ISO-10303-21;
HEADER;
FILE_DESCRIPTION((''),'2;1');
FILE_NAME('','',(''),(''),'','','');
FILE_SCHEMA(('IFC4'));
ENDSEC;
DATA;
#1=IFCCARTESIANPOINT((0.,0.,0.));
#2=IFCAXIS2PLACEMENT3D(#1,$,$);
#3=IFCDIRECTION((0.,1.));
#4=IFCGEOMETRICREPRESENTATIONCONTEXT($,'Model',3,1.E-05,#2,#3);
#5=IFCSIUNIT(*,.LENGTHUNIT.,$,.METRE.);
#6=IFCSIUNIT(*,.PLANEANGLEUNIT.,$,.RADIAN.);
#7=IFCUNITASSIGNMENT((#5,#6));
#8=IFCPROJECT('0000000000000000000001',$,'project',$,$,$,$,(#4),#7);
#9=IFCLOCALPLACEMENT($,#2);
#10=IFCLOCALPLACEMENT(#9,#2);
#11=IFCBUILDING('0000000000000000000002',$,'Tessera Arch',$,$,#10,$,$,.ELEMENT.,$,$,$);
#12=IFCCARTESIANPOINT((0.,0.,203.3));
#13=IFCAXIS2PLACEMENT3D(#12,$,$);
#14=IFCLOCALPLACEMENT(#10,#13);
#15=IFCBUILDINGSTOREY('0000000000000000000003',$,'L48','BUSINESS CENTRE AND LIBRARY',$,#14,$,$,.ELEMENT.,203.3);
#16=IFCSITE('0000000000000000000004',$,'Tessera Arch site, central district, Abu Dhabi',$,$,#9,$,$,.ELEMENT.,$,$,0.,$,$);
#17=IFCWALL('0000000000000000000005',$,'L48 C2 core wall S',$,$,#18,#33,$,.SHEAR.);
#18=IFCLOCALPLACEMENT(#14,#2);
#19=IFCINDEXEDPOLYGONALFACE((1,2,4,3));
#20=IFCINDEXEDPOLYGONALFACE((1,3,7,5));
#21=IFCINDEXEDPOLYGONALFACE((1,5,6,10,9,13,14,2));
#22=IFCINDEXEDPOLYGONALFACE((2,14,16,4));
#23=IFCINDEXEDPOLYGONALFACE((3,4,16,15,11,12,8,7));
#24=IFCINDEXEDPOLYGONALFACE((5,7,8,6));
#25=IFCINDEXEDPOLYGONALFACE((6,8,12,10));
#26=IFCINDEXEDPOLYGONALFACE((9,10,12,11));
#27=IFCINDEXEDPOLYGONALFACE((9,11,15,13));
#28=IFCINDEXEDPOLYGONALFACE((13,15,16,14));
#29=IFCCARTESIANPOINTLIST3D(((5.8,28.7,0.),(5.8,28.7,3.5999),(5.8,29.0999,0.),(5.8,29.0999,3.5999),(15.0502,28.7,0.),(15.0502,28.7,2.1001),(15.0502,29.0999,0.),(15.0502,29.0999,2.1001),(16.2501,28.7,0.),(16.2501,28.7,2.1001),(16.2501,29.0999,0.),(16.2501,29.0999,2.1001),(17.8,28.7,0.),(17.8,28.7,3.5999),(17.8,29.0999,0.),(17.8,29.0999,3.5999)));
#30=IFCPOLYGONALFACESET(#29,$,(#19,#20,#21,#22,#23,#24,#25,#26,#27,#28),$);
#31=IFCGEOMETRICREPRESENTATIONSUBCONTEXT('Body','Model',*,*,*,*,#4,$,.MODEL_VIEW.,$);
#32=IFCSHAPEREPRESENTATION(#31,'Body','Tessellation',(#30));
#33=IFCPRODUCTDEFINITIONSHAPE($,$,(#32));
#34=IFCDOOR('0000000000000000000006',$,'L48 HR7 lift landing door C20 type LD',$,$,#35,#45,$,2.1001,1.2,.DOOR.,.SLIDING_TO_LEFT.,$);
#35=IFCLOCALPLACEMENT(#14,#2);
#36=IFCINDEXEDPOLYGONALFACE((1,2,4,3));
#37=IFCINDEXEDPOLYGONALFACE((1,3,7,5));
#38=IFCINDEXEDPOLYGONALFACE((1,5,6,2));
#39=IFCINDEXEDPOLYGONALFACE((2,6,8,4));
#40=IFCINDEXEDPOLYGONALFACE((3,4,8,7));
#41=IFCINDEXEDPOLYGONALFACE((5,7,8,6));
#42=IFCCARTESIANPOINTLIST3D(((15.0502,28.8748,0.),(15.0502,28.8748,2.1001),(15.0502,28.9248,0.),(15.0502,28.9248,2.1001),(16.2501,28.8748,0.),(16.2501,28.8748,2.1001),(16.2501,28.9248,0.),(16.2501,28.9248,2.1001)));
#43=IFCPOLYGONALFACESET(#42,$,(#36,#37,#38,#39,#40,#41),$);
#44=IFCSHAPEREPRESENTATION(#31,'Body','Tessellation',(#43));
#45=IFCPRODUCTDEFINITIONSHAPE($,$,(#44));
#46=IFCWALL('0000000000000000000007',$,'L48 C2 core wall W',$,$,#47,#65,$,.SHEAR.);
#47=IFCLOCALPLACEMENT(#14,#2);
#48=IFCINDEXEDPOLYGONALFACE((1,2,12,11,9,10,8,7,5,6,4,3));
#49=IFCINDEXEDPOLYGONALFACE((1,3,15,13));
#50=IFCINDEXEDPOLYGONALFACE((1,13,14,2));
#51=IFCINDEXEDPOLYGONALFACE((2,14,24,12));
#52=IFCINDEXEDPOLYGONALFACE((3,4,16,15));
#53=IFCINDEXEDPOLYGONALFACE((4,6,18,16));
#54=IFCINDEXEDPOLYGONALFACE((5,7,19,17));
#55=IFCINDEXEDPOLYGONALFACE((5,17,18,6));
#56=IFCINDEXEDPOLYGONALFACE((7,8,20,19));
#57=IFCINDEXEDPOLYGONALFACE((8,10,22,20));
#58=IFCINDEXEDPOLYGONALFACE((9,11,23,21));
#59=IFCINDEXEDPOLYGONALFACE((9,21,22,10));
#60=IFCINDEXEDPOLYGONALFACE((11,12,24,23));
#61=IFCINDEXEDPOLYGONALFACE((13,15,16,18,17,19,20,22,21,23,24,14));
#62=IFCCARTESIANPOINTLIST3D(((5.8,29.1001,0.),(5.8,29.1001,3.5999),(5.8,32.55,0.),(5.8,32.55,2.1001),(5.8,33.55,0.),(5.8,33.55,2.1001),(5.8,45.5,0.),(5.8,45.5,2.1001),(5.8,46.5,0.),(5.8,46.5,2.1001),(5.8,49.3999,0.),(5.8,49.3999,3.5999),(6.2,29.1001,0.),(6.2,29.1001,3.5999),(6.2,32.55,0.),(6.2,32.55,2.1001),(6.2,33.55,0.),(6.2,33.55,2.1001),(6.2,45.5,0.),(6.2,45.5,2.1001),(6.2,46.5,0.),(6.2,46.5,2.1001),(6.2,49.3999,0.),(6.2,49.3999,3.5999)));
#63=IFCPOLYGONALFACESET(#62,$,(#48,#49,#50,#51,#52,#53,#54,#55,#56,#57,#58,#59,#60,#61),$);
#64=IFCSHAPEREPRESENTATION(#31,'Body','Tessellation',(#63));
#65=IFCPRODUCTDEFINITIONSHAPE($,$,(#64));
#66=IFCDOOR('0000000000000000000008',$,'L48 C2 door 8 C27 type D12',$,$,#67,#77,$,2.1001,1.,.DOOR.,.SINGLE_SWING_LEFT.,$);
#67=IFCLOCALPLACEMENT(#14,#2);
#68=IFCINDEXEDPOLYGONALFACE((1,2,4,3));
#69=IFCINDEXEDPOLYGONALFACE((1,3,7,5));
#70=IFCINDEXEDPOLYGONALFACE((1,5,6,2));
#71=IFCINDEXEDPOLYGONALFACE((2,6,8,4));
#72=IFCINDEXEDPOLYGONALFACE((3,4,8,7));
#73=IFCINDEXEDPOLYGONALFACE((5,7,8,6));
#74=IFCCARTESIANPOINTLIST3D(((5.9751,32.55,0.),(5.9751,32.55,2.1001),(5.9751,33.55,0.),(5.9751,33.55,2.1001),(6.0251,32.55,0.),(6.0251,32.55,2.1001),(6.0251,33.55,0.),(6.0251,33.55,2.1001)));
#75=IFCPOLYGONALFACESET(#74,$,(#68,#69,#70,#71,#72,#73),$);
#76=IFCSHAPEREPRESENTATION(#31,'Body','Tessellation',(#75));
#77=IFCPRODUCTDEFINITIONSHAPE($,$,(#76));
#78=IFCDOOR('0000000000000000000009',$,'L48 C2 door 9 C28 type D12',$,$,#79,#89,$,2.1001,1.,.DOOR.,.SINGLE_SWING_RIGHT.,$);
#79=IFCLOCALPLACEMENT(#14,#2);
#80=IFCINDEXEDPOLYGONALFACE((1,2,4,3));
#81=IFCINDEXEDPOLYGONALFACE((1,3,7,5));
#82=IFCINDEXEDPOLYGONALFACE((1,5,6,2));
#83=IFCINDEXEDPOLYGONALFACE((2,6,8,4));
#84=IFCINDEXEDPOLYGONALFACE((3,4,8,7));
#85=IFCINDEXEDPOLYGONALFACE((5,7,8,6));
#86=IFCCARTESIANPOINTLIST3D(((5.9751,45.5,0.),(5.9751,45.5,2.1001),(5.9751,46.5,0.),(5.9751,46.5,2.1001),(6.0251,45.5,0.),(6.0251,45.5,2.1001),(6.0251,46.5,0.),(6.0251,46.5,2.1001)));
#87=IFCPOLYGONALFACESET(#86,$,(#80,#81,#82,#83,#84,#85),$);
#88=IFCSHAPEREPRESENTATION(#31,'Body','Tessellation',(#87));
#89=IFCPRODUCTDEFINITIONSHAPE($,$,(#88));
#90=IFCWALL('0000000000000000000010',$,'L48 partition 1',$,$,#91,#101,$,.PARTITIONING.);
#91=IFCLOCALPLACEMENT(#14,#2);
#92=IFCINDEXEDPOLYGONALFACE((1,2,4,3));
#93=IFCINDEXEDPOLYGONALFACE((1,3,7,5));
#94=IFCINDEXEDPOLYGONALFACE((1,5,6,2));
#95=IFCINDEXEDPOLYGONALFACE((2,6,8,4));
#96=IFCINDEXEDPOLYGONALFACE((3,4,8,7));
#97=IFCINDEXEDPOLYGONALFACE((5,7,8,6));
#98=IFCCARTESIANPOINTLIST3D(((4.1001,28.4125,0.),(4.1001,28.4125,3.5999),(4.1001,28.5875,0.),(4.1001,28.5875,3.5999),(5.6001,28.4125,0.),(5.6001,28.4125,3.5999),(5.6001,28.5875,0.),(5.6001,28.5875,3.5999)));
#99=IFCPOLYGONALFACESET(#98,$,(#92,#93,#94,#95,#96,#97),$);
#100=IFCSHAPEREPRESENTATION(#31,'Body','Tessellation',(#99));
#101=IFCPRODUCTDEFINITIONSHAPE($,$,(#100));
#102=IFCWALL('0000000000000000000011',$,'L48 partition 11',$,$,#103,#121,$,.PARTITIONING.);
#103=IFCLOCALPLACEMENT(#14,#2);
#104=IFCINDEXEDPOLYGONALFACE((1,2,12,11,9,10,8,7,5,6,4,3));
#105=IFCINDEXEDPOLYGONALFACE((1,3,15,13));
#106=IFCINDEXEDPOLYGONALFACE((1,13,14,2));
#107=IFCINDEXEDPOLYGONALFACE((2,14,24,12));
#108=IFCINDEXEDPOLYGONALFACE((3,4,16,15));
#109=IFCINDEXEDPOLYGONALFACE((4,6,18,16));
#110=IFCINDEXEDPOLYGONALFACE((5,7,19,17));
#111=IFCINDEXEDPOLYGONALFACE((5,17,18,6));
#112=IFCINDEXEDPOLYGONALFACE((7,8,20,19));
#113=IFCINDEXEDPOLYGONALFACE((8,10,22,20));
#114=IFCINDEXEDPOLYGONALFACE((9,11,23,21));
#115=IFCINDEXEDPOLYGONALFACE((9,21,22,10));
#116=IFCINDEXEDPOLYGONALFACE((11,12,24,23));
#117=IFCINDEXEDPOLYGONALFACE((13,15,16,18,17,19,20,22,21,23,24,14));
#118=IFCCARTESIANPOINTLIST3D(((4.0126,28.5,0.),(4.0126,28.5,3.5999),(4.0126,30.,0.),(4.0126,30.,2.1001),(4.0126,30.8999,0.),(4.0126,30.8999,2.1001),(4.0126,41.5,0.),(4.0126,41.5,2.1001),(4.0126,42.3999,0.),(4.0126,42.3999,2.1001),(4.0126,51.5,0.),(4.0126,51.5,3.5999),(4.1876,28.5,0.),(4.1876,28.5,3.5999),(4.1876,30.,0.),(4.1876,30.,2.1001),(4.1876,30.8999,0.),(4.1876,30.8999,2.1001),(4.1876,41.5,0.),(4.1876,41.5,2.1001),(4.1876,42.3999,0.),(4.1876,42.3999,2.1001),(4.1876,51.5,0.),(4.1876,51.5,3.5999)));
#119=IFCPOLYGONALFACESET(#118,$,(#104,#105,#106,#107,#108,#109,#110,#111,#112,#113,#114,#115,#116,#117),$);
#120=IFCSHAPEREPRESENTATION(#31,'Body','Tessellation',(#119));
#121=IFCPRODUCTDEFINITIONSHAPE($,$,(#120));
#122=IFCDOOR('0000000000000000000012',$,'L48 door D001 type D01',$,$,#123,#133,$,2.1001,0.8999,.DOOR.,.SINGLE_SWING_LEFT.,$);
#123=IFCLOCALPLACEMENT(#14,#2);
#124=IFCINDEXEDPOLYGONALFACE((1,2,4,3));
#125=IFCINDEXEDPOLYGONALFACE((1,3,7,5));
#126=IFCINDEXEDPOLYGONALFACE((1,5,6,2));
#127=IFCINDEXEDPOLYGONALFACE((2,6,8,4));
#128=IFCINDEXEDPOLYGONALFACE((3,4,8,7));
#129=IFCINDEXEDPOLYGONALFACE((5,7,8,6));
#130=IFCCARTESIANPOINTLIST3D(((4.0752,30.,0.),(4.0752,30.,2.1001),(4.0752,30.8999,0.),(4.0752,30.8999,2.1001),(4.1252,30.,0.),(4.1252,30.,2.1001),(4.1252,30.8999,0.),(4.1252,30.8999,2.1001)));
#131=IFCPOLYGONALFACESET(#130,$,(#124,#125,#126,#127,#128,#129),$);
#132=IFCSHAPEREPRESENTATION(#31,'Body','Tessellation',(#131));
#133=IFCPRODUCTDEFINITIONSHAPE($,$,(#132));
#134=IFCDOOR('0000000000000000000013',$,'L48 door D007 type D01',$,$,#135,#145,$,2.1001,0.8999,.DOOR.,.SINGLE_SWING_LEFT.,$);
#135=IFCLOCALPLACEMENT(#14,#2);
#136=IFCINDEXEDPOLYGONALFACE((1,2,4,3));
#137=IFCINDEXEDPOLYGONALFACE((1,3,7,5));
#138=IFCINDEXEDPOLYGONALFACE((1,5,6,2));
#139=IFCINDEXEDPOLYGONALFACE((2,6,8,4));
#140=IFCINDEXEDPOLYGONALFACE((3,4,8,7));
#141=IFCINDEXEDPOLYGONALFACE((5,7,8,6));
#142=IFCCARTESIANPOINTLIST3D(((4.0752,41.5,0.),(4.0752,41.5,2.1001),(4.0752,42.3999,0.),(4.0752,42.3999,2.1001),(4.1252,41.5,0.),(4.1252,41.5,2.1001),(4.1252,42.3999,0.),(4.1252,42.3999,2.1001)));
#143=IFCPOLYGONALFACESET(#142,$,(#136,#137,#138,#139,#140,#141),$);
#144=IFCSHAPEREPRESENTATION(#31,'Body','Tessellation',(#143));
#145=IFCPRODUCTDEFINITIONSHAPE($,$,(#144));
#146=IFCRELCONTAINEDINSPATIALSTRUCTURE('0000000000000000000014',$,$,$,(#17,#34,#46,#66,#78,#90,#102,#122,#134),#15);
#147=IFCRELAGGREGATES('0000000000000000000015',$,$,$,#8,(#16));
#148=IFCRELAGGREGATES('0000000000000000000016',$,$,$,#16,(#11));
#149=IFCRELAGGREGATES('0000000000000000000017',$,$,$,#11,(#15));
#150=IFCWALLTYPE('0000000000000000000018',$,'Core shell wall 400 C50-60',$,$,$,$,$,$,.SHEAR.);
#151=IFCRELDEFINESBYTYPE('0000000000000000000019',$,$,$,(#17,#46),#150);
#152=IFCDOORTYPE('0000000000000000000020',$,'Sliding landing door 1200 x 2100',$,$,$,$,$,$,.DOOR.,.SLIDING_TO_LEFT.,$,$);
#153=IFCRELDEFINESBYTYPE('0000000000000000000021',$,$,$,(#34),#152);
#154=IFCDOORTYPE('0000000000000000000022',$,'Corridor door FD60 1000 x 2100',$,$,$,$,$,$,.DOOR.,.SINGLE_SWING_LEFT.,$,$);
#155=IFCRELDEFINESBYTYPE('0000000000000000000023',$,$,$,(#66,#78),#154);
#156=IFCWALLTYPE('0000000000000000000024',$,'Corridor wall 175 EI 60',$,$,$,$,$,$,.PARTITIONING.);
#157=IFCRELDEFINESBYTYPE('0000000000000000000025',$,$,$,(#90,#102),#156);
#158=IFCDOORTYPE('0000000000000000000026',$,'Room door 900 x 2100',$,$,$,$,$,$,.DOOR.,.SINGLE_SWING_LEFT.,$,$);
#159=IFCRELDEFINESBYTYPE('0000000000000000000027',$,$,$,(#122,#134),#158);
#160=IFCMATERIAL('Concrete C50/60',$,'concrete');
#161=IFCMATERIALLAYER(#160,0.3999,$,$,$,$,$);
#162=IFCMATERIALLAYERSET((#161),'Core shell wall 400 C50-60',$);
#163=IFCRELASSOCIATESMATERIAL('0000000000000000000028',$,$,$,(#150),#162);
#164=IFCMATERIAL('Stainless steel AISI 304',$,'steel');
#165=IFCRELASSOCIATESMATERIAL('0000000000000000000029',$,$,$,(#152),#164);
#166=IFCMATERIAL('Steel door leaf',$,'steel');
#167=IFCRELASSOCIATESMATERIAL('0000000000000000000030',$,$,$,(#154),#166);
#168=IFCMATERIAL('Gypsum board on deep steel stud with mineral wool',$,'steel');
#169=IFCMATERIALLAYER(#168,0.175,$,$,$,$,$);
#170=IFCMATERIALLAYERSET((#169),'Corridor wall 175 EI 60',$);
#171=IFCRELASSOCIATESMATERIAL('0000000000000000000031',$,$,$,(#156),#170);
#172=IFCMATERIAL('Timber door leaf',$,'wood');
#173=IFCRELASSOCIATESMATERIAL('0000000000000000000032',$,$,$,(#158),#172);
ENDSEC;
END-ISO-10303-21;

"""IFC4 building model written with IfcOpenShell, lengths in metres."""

from ifc_helpers import new_model, si_unit, direction, frame, frame_2d, origin, place, context, subcontext, project, spatial, rectangle, extrude, material, layer, layer_set, type_object, element, fill, save


model = new_model("IFC4")

# Units and contexts
model_context = context("Model", 3, precision=1e-05, world=origin(), true_north=direction((0.0, 1.0)))
body_context = subcontext(model_context, "Body", "Model", "MODEL_VIEW")
ifc_project = project(units=[si_unit("LENGTHUNIT", "METRE"), si_unit("PLANEANGLEUNIT", "RADIAN")], contexts=[model_context])

# Site, building, storey
site_placement = place(None, origin())
site = spatial("IfcSite", under=ifc_project, at=site_placement, Name="Tessera Arch site, central district, Abu Dhabi", CompositionType="ELEMENT", RefElevation=0.0)
building_placement = place(site_placement, origin())
building = spatial("IfcBuilding", under=site, at=building_placement, Name="Tessera Arch", CompositionType="ELEMENT")
storey_placement = place(building_placement, frame((0.0, 0.0, 203.3)))
storey = spatial("IfcBuildingStorey", under=building, at=storey_placement, Name="L48", Description="BUSINESS CENTRE AND LIBRARY", CompositionType="ELEMENT", Elevation=203.3)

# Wall, opening, door
ifc_material_1 = material(Name="Concrete C50/60", Category="concrete")
ifc_layer_1 = layer(ifc_material_1, 0.3999)
ifc_layer_set_1 = layer_set([ifc_layer_1], Name="Core shell wall 400 C50-60")
wall_type_1 = type_object("IfcWallType", Name="Core shell wall 400 C50-60", PredefinedType="SHEAR", material=ifc_layer_set_1)
wall_1_placement = place(storey_placement, frame((5.8, 28.8999, 0.0), z_axis=(0.0, 0.0, 1.0), x_axis=(1.0, 0.0, 0.0)))
wall_1 = element("IfcWall", 1, at=wall_1_placement, inside=storey, type_object=wall_type_1, Name="L48 C2 core wall S", PredefinedType="SHEAR", context=body_context, shape_type="SweptSolid", body=[
    extrude(rectangle(XDim=12.0, YDim=0.3999, at=frame_2d((6.0, 0.0))), origin(), (0.0, 0.0, 1.0), 3.5999),
])
opening_1_placement = place(wall_1_placement, frame((9.25, 0.0, 0.0)))
opening_1 = element("IfcOpeningElement", 2, at=opening_1_placement, cuts=wall_1, PredefinedType="OPENING", context=body_context, shape_type="SweptSolid", body=[
    extrude(rectangle(XDim=1.2, YDim=2.1001, at=frame_2d((0.6001, 1.05))), frame((0.0, 0.21, 0.0), z_axis=(0.0, -1.0, 0.0), x_axis=(1.0, 0.0, 0.0)), (0.0, 0.0, 1.0), 0.4199),
])
ifc_material_2 = material(Name="Stainless steel AISI 304", Category="steel")
door_type_1 = type_object("IfcDoorType", Name="Sliding landing door 1200 x 2100", OperationType="SLIDING_TO_LEFT", PredefinedType="DOOR", material=ifc_material_2)
door_1_placement = place(opening_1_placement, origin())
door_1 = element("IfcDoor", 3, at=door_1_placement, inside=storey, type_object=door_type_1, Name="L48 HR7 lift landing door C20 type LD", OperationType="SLIDING_TO_LEFT", OverallHeight=2.1001, OverallWidth=1.2, PredefinedType="DOOR", context=body_context, shape_type="SweptSolid", body=[
    extrude(rectangle(XDim=1.2, YDim=2.1001, at=frame_2d((0.6001, 1.05))), frame((0.0, 0.0249, 0.0), z_axis=(0.0, -1.0, 0.0), x_axis=(1.0, 0.0, 0.0)), (0.0, 0.0, 1.0), 0.05),
])
fill(opening_1, door_1)

# Wall, openings, doors
wall_2_placement = place(storey_placement, frame((6.0, 29.1001, 0.0), z_axis=(0.0, 0.0, 1.0), x_axis=(0.0, 1.0, 0.0)))
wall_2 = element("IfcWall", 4, at=wall_2_placement, inside=storey, type_object=wall_type_1, Name="L48 C2 core wall W", PredefinedType="SHEAR", context=body_context, shape_type="SweptSolid", body=[
    extrude(rectangle(XDim=20.2998, YDim=0.3999, at=frame_2d((10.1499, 0.0))), origin(), (0.0, 0.0, 1.0), 3.5999),
])
opening_2_placement = place(wall_2_placement, frame((3.45, 0.0, 0.0)))
opening_2 = element("IfcOpeningElement", 5, at=opening_2_placement, cuts=wall_2, PredefinedType="OPENING", context=body_context, shape_type="SweptSolid", body=[
    extrude(rectangle(XDim=1.0, YDim=2.1001, at=frame_2d((0.5, 1.05))), frame((0.0, 0.21, 0.0), z_axis=(0.0, -1.0, 0.0), x_axis=(1.0, 0.0, 0.0)), (0.0, 0.0, 1.0), 0.4199),
])
opening_3_placement = place(wall_2_placement, frame((16.3999, 0.0, 0.0)))
opening_3 = element("IfcOpeningElement", 6, at=opening_3_placement, cuts=wall_2, PredefinedType="OPENING", context=body_context, shape_type="SweptSolid", body=[
    extrude(rectangle(XDim=1.0, YDim=2.1001, at=frame_2d((0.5, 1.05))), frame((0.0, 0.21, 0.0), z_axis=(0.0, -1.0, 0.0), x_axis=(1.0, 0.0, 0.0)), (0.0, 0.0, 1.0), 0.4199),
])
ifc_material_3 = material(Name="Steel door leaf", Category="steel")
door_type_2 = type_object("IfcDoorType", Name="Corridor door FD60 1000 x 2100", OperationType="SINGLE_SWING_LEFT", PredefinedType="DOOR", material=ifc_material_3)
door_2_placement = place(opening_2_placement, origin())
door_2 = element("IfcDoor", 7, at=door_2_placement, inside=storey, type_object=door_type_2, Name="L48 C2 door 8 C27 type D12", OperationType="SINGLE_SWING_LEFT", OverallHeight=2.1001, OverallWidth=1.0, PredefinedType="DOOR", context=body_context, shape_type="SweptSolid", body=[
    extrude(rectangle(XDim=1.0, YDim=2.1001, at=frame_2d((0.5, 1.05))), frame((0.0, 0.0249, 0.0), z_axis=(0.0, -1.0, 0.0), x_axis=(1.0, 0.0, 0.0)), (0.0, 0.0, 1.0), 0.05),
])
fill(opening_2, door_2)
door_3_placement = place(opening_3_placement, origin())
door_3 = element("IfcDoor", 8, at=door_3_placement, inside=storey, type_object=door_type_2, Name="L48 C2 door 9 C28 type D12", OperationType="SINGLE_SWING_RIGHT", OverallHeight=2.1001, OverallWidth=1.0, PredefinedType="DOOR", context=body_context, shape_type="SweptSolid", body=[
    extrude(rectangle(XDim=1.0, YDim=2.1001, at=frame_2d((0.5, 1.05))), frame((0.0, 0.0249, 0.0), z_axis=(0.0, -1.0, 0.0), x_axis=(1.0, 0.0, 0.0)), (0.0, 0.0, 1.0), 0.05),
])
fill(opening_3, door_3)

# Wall
ifc_material_4 = material(Name="Gypsum board on deep steel stud with mineral wool", Category="steel")
ifc_layer_2 = layer(ifc_material_4, 0.175)
ifc_layer_set_2 = layer_set([ifc_layer_2], Name="Corridor wall 175 EI 60")
wall_type_2 = type_object("IfcWallType", Name="Corridor wall 175 EI 60", PredefinedType="PARTITIONING", material=ifc_layer_set_2)
wall_3_placement = place(storey_placement, frame((4.1001, 28.5, 0.0), z_axis=(0.0, 0.0, 1.0), x_axis=(1.0, 0.0, 0.0)))
element("IfcWall", 9, at=wall_3_placement, inside=storey, type_object=wall_type_2, Name="L48 partition 1", PredefinedType="PARTITIONING", context=body_context, shape_type="SweptSolid", body=[
    extrude(rectangle(XDim=1.5, YDim=0.175, at=frame_2d((0.75, 0.0))), origin(), (0.0, 0.0, 1.0), 3.5999),
])

# Wall, openings, doors
wall_4_placement = place(storey_placement, frame((4.1001, 28.5, 0.0), z_axis=(0.0, 0.0, 1.0), x_axis=(0.0, 1.0, 0.0)))
wall_4 = element("IfcWall", 10, at=wall_4_placement, inside=storey, type_object=wall_type_2, Name="L48 partition 11", PredefinedType="PARTITIONING", context=body_context, shape_type="SweptSolid", body=[
    extrude(rectangle(XDim=23.0, YDim=0.175, at=frame_2d((11.5, 0.0))), origin(), (0.0, 0.0, 1.0), 3.5999),
])
opening_4_placement = place(wall_4_placement, frame((1.5, 0.0, 0.0)))
opening_4 = element("IfcOpeningElement", 11, at=opening_4_placement, cuts=wall_4, PredefinedType="OPENING", context=body_context, shape_type="SweptSolid", body=[
    extrude(rectangle(XDim=0.8999, YDim=2.1001, at=frame_2d((0.45, 1.05))), frame((0.0, 0.0974, 0.0), z_axis=(0.0, -1.0, 0.0), x_axis=(1.0, 0.0, 0.0)), (0.0, 0.0, 1.0), 0.1951),
])
opening_5_placement = place(wall_4_placement, frame((13.0, 0.0, 0.0)))
opening_5 = element("IfcOpeningElement", 12, at=opening_5_placement, cuts=wall_4, PredefinedType="OPENING", context=body_context, shape_type="SweptSolid", body=[
    extrude(rectangle(XDim=0.8999, YDim=2.1001, at=frame_2d((0.45, 1.05))), frame((0.0, 0.0974, 0.0), z_axis=(0.0, -1.0, 0.0), x_axis=(1.0, 0.0, 0.0)), (0.0, 0.0, 1.0), 0.1951),
])
ifc_material_5 = material(Name="Timber door leaf", Category="wood")
door_type_3 = type_object("IfcDoorType", Name="Room door 900 x 2100", OperationType="SINGLE_SWING_LEFT", PredefinedType="DOOR", material=ifc_material_5)
door_4_placement = place(opening_4_placement, origin())
door_4 = element("IfcDoor", 13, at=door_4_placement, inside=storey, type_object=door_type_3, Name="L48 door D001 type D01", OperationType="SINGLE_SWING_LEFT", OverallHeight=2.1001, OverallWidth=0.8999, PredefinedType="DOOR", context=body_context, shape_type="SweptSolid", body=[
    extrude(rectangle(XDim=0.8999, YDim=2.1001, at=frame_2d((0.45, 1.05))), frame((0.0, 0.0249, 0.0), z_axis=(0.0, -1.0, 0.0), x_axis=(1.0, 0.0, 0.0)), (0.0, 0.0, 1.0), 0.05),
])
fill(opening_4, door_4)
door_5_placement = place(opening_5_placement, origin())
door_5 = element("IfcDoor", 14, at=door_5_placement, inside=storey, type_object=door_type_3, Name="L48 door D007 type D01", OperationType="SINGLE_SWING_LEFT", OverallHeight=2.1001, OverallWidth=0.8999, PredefinedType="DOOR", context=body_context, shape_type="SweptSolid", body=[
    extrude(rectangle(XDim=0.8999, YDim=2.1001, at=frame_2d((0.45, 1.05))), frame((0.0, 0.0249, 0.0), z_axis=(0.0, -1.0, 0.0), x_axis=(1.0, 0.0, 0.0)), (0.0, 0.0, 1.0), 0.05),
])
fill(opening_5, door_5)

save(model, "model.ifc")
